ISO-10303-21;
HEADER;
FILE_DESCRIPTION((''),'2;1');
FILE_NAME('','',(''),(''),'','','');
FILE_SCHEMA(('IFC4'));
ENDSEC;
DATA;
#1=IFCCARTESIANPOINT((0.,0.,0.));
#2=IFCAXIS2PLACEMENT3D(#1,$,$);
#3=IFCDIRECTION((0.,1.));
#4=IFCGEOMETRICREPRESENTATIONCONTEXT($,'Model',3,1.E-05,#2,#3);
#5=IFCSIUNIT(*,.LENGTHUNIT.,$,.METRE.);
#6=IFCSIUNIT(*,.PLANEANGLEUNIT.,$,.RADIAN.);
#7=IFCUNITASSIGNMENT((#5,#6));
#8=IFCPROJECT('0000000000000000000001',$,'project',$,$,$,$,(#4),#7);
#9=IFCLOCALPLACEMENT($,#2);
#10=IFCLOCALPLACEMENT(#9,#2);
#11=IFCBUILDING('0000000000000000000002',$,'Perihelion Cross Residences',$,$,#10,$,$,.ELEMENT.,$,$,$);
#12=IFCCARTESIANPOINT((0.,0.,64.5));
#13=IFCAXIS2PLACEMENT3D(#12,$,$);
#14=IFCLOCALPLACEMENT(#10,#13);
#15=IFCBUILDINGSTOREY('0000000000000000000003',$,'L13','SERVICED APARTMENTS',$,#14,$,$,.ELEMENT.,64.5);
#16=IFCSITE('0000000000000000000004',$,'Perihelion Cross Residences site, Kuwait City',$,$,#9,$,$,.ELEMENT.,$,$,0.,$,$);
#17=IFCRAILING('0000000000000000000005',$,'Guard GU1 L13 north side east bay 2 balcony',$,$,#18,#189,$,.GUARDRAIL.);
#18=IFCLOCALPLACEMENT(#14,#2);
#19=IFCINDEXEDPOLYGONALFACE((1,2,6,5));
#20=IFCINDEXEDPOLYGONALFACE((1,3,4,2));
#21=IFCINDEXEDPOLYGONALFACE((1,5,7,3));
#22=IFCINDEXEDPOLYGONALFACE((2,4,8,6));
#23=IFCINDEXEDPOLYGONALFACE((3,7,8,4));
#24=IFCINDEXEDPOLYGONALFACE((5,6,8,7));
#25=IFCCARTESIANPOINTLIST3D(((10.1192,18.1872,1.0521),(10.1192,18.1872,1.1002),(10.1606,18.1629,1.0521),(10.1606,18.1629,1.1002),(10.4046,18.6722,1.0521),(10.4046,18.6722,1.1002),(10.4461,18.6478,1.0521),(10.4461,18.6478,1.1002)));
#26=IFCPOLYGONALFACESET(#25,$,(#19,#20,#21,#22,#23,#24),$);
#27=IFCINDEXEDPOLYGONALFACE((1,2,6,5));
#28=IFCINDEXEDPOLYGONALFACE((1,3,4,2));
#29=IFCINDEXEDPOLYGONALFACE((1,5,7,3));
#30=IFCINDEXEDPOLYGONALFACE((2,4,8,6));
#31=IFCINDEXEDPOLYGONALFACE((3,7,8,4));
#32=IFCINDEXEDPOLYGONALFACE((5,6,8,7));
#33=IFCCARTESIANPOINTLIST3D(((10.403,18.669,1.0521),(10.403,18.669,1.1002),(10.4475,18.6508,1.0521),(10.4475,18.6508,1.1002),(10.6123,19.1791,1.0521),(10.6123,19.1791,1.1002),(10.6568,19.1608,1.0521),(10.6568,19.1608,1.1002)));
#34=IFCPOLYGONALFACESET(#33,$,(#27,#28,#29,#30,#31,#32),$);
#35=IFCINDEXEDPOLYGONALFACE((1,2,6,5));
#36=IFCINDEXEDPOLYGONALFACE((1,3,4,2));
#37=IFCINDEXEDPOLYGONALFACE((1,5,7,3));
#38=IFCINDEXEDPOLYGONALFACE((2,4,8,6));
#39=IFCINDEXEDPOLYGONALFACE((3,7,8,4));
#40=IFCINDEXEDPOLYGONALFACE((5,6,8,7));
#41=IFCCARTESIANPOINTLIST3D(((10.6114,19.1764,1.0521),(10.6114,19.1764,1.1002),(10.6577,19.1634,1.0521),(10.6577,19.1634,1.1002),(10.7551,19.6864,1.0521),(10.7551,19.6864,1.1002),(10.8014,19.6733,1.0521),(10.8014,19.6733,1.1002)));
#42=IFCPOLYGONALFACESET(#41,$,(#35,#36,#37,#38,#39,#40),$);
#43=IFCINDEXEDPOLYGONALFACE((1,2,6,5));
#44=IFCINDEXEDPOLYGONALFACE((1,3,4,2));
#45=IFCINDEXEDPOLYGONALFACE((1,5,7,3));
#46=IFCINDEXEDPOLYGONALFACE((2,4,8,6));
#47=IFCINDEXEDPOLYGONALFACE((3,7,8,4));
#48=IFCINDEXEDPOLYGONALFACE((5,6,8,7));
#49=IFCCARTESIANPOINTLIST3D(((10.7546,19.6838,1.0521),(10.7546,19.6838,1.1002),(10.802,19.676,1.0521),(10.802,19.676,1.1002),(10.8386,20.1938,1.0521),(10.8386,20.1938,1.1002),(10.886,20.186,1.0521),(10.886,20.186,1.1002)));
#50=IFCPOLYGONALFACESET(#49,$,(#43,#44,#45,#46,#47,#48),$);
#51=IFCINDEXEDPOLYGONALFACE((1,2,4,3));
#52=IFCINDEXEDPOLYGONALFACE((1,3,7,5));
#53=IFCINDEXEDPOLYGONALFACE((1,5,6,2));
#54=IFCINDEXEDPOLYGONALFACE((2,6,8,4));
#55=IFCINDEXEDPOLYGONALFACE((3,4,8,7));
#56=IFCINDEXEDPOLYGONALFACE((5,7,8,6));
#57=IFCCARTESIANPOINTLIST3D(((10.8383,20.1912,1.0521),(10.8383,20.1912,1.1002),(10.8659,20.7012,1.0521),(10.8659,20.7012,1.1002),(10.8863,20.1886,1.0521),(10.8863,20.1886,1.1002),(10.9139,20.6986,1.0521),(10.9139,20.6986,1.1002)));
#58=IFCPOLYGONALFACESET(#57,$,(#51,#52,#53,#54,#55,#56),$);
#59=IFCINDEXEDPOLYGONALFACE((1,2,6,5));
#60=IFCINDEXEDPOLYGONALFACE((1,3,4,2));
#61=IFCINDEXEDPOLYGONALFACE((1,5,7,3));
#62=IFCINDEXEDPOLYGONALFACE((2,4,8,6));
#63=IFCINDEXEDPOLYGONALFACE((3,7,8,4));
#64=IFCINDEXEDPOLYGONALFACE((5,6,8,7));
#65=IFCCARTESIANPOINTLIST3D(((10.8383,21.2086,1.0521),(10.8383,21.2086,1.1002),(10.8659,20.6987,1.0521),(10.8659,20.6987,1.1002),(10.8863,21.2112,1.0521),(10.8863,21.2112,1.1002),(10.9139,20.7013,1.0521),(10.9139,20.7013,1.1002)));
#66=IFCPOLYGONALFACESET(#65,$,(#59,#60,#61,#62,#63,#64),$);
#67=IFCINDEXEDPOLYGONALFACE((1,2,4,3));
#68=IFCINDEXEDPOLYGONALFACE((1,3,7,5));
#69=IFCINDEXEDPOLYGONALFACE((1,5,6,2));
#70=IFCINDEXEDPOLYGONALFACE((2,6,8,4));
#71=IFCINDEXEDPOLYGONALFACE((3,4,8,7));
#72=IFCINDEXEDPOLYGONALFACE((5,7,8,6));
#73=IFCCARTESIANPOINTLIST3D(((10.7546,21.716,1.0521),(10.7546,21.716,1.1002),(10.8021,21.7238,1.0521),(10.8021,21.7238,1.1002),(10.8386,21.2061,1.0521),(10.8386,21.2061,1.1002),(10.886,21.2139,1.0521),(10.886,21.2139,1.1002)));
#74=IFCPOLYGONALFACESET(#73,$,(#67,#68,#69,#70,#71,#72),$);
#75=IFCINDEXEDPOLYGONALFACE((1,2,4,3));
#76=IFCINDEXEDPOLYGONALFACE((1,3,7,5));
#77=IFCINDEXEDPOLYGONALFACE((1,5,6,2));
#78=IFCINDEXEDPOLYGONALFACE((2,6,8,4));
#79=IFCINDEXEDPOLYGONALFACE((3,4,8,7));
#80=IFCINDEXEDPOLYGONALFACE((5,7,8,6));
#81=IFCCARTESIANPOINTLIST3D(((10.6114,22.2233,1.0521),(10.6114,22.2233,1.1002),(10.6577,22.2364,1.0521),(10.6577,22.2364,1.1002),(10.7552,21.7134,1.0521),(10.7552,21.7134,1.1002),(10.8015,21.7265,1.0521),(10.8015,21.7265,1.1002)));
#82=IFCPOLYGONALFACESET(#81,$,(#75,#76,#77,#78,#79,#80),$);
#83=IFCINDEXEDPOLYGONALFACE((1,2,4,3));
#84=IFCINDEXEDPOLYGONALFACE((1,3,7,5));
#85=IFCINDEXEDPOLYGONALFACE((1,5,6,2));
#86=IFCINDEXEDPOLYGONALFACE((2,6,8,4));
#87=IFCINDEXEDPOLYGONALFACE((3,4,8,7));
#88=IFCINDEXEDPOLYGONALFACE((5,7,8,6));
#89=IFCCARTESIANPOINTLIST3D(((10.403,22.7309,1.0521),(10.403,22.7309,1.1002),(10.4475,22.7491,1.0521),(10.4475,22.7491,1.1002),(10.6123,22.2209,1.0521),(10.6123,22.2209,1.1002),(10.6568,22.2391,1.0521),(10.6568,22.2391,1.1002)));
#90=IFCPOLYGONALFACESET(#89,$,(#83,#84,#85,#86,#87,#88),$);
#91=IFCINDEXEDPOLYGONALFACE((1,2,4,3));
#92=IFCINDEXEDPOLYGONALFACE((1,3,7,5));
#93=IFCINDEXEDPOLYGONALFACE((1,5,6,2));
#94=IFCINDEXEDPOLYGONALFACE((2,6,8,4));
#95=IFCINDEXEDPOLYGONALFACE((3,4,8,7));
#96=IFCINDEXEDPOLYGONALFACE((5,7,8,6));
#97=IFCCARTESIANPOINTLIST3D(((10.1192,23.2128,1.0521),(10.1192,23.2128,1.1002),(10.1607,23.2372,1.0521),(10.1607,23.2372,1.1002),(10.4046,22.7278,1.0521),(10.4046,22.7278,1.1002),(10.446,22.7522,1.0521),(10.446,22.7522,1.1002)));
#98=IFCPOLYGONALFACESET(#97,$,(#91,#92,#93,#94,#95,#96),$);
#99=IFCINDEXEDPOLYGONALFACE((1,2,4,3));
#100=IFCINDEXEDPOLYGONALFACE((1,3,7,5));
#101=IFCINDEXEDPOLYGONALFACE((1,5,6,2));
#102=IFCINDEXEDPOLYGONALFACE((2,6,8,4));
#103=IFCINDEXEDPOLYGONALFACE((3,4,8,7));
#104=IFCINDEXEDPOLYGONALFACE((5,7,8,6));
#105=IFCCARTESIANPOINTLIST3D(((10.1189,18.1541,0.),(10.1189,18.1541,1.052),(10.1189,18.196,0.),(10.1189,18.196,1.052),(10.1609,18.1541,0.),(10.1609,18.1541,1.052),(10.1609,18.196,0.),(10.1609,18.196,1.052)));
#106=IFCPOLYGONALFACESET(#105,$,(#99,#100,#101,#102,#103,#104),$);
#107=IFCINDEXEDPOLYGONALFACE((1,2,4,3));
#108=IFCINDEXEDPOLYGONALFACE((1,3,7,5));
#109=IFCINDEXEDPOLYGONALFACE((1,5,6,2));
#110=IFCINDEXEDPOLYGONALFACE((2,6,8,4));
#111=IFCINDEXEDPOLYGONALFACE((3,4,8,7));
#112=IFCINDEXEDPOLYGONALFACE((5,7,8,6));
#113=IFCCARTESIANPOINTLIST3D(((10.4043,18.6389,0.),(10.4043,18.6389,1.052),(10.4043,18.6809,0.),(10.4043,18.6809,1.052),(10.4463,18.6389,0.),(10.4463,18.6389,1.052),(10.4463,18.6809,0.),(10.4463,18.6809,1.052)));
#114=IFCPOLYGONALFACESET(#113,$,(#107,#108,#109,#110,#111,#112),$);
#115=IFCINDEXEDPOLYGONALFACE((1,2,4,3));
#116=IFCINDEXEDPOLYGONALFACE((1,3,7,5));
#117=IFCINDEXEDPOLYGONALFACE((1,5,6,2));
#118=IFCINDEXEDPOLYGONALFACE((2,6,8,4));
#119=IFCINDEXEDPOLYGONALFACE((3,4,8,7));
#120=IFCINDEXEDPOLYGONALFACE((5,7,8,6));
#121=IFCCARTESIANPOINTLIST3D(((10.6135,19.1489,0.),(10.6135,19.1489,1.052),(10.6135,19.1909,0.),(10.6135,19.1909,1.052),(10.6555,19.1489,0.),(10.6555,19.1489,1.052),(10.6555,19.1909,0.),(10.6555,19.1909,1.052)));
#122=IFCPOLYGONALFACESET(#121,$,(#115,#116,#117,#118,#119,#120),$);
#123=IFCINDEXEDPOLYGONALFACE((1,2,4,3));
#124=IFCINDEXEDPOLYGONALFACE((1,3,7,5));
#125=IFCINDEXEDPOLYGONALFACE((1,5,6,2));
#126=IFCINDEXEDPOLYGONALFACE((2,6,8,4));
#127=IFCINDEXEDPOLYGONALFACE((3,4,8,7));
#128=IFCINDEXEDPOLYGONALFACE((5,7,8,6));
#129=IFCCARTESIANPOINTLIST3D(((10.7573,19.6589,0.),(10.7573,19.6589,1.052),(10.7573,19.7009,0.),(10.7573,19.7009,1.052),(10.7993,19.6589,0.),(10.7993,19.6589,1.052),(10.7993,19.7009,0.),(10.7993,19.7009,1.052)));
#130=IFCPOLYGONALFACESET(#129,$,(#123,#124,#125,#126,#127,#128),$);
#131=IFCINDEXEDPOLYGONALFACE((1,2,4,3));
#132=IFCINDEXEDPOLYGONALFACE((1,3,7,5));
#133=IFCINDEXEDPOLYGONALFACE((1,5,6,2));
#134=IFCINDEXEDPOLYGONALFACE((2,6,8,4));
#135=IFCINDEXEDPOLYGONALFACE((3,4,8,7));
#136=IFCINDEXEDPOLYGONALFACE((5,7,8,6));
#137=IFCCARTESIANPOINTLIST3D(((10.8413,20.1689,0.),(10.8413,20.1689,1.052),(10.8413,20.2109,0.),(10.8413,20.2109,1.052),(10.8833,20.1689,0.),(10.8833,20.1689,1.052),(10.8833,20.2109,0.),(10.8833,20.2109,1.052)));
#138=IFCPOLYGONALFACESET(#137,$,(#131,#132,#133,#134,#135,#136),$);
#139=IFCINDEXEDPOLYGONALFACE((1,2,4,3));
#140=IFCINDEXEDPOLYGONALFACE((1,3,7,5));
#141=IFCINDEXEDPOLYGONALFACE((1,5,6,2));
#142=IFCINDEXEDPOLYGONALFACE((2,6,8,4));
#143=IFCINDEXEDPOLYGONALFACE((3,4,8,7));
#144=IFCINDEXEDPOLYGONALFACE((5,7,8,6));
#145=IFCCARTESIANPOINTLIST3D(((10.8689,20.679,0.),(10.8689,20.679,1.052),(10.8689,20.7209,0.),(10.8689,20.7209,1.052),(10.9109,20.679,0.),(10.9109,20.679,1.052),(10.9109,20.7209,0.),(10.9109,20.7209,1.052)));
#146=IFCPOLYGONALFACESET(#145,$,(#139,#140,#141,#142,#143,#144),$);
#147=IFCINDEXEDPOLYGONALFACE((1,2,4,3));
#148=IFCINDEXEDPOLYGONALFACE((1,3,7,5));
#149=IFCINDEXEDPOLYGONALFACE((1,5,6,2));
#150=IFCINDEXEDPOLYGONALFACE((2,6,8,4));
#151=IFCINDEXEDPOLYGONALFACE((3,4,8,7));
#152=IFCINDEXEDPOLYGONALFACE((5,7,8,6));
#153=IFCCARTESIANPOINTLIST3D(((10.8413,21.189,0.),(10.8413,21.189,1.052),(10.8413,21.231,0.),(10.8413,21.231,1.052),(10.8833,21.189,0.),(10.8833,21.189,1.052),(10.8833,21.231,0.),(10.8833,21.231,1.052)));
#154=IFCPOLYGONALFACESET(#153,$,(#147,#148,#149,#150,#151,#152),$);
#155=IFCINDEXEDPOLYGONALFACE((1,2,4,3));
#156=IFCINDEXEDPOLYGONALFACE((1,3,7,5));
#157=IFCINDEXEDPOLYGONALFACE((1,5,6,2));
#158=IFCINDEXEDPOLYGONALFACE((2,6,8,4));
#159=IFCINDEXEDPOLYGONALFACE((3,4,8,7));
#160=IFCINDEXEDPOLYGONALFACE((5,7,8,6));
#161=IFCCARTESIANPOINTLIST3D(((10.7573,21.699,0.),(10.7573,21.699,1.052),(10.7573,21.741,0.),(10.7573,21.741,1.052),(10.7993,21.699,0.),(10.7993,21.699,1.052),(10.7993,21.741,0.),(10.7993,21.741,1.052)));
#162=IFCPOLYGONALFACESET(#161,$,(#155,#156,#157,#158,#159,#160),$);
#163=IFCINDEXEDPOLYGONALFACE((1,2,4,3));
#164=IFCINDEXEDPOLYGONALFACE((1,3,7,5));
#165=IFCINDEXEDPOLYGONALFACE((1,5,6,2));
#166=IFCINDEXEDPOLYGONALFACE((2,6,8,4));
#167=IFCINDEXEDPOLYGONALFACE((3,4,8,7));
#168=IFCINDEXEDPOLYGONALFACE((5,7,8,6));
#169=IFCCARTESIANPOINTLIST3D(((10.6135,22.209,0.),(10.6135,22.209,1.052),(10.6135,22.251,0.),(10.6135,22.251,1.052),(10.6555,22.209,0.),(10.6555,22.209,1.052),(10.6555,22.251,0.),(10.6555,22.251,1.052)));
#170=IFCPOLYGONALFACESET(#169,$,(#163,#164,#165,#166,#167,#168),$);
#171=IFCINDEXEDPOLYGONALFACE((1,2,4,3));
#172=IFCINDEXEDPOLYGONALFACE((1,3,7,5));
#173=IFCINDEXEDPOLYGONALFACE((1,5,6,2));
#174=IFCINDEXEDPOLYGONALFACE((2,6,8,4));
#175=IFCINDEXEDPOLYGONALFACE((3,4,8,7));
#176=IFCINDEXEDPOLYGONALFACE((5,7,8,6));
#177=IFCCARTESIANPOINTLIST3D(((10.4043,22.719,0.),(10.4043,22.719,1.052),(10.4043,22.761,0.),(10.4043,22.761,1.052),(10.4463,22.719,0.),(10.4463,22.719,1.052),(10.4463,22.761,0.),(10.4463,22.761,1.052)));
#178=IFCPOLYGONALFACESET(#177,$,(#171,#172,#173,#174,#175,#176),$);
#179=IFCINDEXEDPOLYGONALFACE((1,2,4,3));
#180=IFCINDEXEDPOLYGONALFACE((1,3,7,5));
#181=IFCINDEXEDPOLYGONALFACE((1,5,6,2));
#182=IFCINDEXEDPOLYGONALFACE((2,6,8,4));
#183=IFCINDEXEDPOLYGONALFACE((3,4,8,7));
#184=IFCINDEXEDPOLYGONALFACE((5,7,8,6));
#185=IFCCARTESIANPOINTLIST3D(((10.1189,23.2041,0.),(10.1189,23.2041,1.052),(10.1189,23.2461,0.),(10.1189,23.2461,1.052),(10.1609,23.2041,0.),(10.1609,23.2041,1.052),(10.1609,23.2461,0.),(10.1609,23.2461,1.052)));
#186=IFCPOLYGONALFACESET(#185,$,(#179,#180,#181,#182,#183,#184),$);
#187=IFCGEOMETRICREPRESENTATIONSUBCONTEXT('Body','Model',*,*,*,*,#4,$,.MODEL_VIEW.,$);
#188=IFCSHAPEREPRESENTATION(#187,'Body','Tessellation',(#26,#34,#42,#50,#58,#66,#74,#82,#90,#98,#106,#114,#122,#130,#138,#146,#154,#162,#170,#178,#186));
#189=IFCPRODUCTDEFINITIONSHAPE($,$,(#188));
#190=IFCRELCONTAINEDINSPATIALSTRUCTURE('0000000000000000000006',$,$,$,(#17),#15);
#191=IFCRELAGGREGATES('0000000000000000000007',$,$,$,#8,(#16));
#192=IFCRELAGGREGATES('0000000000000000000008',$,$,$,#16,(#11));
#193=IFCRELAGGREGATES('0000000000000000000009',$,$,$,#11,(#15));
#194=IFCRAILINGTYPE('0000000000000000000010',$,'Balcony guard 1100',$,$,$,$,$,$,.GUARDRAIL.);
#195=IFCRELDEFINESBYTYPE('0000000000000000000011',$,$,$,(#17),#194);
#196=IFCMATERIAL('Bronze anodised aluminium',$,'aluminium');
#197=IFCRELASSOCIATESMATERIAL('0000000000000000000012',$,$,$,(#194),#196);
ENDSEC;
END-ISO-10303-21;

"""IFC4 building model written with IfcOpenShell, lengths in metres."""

from ifc_helpers import new_model, si_unit, direction, frame, origin, origin_2d, place, context, subcontext, project, spatial, rectangle, extrude, material, type_object, element, save


model = new_model("IFC4")

# Units and contexts
model_context = context("Model", 3, precision=1e-05, world=origin(), true_north=direction((0.0, 1.0)))
body_context = subcontext(model_context, "Body", "Model", "MODEL_VIEW")
ifc_project = project(units=[si_unit("LENGTHUNIT", "METRE"), si_unit("PLANEANGLEUNIT", "RADIAN")], contexts=[model_context])

# Site, building, storey
site_placement = place(None, origin())
site = spatial("IfcSite", under=ifc_project, at=site_placement, Name="Perihelion Cross Residences site, Kuwait City", CompositionType="ELEMENT", RefElevation=0.0)
building_placement = place(site_placement, origin())
building = spatial("IfcBuilding", under=site, at=building_placement, Name="Perihelion Cross Residences", CompositionType="ELEMENT")
storey_placement = place(building_placement, frame((0.0, 0.0, 64.5)))
storey = spatial("IfcBuildingStorey", under=building, at=storey_placement, Name="L13", Description="SERVICED APARTMENTS", CompositionType="ELEMENT", Elevation=64.5)

# Railing
ifc_material_1 = material(Name="Bronze anodised aluminium", Category="aluminium")
railing_type = type_object("IfcRailingType", Name="Balcony guard 1100", PredefinedType="GUARDRAIL", material=ifc_material_1)
railing_1_placement = place(storey_placement, frame((10.1399, 18.175, 0.0)))
element("IfcRailing", 1, at=railing_1_placement, inside=storey, type_object=railing_type, Name="Guard GU1 L13 north side east bay 2 balcony", PredefinedType="GUARDRAIL", context=body_context, shape_type="SweptSolid", body=[
    extrude(rectangle(XDim=0.0481, YDim=0.0481, at=origin_2d()), frame((0.0, 0.0, 1.0762), z_axis=(0.507267, 0.861789, 0.0), x_axis=(-0.861789, 0.507267, 0.0)), (0.0, 0.0, 1.0), 0.5627),
    extrude(rectangle(XDim=0.0481, YDim=0.0481, at=origin_2d()), frame((0.2854, 0.4849, 1.0762), z_axis=(0.379547, 0.925173, 0.0), x_axis=(-0.925173, 0.379547, 0.0)), (0.0, 0.0, 1.0), 0.5513),
    extrude(rectangle(XDim=0.0481, YDim=0.0481, at=origin_2d()), frame((0.4946, 0.9949, 1.0762), z_axis=(0.271373, 0.962474, 0.0), x_axis=(-0.962474, 0.271373, 0.0)), (0.0, 0.0, 1.0), 0.5298),
    extrude(rectangle(XDim=0.0481, YDim=0.0481, at=origin_2d()), frame((0.6384, 1.5049, 1.0762), z_axis=(0.162484, 0.986711, 0.0), x_axis=(-0.986711, 0.162484, 0.0)), (0.0, 0.0, 1.0), 0.5168),
    extrude(rectangle(XDim=0.0481, YDim=0.0481, at=origin_2d()), frame((0.7224, 2.0149, 1.0762), z_axis=(0.054014, 0.99854, 0.0), x_axis=(-0.99854, 0.054014, 0.0)), (0.0, 0.0, 1.0), 0.5107),
    extrude(rectangle(XDim=0.0481, YDim=0.0481, at=origin_2d()), frame((0.75, 2.5249, 1.0762), z_axis=(-0.054014, 0.99854, 0.0), x_axis=(-0.99854, -0.054014, 0.0)), (0.0, 0.0, 1.0), 0.5107),
    extrude(rectangle(XDim=0.0481, YDim=0.0481, at=origin_2d()), frame((0.7224, 3.0349, 1.0762), z_axis=(-0.162484, 0.986711, 0.0), x_axis=(-0.986711, -0.162484, 0.0)), (0.0, 0.0, 1.0), 0.5168),
    extrude(rectangle(XDim=0.0481, YDim=0.0481, at=origin_2d()), frame((0.6384, 3.5449, 1.0762), z_axis=(-0.271373, 0.962474, 0.0), x_axis=(-0.962474, -0.271373, 0.0)), (0.0, 0.0, 1.0), 0.5298),
    extrude(rectangle(XDim=0.0481, YDim=0.0481, at=origin_2d()), frame((0.4946, 4.0549, 1.0762), z_axis=(-0.379547, 0.925173, 0.0), x_axis=(-0.925173, -0.379547, 0.0)), (0.0, 0.0, 1.0), 0.5513),
    extrude(rectangle(XDim=0.0481, YDim=0.0481, at=origin_2d()), frame((0.2854, 4.5649, 1.0762), z_axis=(-0.507077, 0.861901, 0.0), x_axis=(-0.861901, -0.507077, 0.0)), (0.0, 0.0, 1.0), 0.5627),
    extrude(rectangle(XDim=0.042, YDim=0.042, at=origin_2d()), origin(), (0.0, 0.0, 1.0), 1.052),
    extrude(rectangle(XDim=0.042, YDim=0.042, at=origin_2d()), frame((0.2854, 0.4849, 0.0)), (0.0, 0.0, 1.0), 1.052),
    extrude(rectangle(XDim=0.042, YDim=0.042, at=origin_2d()), frame((0.4946, 0.9949, 0.0)), (0.0, 0.0, 1.0), 1.052),
    extrude(rectangle(XDim=0.042, YDim=0.042, at=origin_2d()), frame((0.6384, 1.5049, 0.0)), (0.0, 0.0, 1.0), 1.052),
    extrude(rectangle(XDim=0.042, YDim=0.042, at=origin_2d()), frame((0.7224, 2.0149, 0.0)), (0.0, 0.0, 1.0), 1.052),
    extrude(rectangle(XDim=0.042, YDim=0.042, at=origin_2d()), frame((0.75, 2.5249, 0.0)), (0.0, 0.0, 1.0), 1.052),
    extrude(rectangle(XDim=0.042, YDim=0.042, at=origin_2d()), frame((0.7224, 3.0349, 0.0)), (0.0, 0.0, 1.0), 1.052),
    extrude(rectangle(XDim=0.042, YDim=0.042, at=origin_2d()), frame((0.6384, 3.5449, 0.0)), (0.0, 0.0, 1.0), 1.052),
    extrude(rectangle(XDim=0.042, YDim=0.042, at=origin_2d()), frame((0.4946, 4.0549, 0.0)), (0.0, 0.0, 1.0), 1.052),
    extrude(rectangle(XDim=0.042, YDim=0.042, at=origin_2d()), frame((0.2854, 4.5649, 0.0)), (0.0, 0.0, 1.0), 1.052),
    extrude(rectangle(XDim=0.042, YDim=0.042, at=origin_2d()), frame((0.0, 5.05, 0.0)), (0.0, 0.0, 1.0), 1.052),
])

save(model, "model.ifc")
